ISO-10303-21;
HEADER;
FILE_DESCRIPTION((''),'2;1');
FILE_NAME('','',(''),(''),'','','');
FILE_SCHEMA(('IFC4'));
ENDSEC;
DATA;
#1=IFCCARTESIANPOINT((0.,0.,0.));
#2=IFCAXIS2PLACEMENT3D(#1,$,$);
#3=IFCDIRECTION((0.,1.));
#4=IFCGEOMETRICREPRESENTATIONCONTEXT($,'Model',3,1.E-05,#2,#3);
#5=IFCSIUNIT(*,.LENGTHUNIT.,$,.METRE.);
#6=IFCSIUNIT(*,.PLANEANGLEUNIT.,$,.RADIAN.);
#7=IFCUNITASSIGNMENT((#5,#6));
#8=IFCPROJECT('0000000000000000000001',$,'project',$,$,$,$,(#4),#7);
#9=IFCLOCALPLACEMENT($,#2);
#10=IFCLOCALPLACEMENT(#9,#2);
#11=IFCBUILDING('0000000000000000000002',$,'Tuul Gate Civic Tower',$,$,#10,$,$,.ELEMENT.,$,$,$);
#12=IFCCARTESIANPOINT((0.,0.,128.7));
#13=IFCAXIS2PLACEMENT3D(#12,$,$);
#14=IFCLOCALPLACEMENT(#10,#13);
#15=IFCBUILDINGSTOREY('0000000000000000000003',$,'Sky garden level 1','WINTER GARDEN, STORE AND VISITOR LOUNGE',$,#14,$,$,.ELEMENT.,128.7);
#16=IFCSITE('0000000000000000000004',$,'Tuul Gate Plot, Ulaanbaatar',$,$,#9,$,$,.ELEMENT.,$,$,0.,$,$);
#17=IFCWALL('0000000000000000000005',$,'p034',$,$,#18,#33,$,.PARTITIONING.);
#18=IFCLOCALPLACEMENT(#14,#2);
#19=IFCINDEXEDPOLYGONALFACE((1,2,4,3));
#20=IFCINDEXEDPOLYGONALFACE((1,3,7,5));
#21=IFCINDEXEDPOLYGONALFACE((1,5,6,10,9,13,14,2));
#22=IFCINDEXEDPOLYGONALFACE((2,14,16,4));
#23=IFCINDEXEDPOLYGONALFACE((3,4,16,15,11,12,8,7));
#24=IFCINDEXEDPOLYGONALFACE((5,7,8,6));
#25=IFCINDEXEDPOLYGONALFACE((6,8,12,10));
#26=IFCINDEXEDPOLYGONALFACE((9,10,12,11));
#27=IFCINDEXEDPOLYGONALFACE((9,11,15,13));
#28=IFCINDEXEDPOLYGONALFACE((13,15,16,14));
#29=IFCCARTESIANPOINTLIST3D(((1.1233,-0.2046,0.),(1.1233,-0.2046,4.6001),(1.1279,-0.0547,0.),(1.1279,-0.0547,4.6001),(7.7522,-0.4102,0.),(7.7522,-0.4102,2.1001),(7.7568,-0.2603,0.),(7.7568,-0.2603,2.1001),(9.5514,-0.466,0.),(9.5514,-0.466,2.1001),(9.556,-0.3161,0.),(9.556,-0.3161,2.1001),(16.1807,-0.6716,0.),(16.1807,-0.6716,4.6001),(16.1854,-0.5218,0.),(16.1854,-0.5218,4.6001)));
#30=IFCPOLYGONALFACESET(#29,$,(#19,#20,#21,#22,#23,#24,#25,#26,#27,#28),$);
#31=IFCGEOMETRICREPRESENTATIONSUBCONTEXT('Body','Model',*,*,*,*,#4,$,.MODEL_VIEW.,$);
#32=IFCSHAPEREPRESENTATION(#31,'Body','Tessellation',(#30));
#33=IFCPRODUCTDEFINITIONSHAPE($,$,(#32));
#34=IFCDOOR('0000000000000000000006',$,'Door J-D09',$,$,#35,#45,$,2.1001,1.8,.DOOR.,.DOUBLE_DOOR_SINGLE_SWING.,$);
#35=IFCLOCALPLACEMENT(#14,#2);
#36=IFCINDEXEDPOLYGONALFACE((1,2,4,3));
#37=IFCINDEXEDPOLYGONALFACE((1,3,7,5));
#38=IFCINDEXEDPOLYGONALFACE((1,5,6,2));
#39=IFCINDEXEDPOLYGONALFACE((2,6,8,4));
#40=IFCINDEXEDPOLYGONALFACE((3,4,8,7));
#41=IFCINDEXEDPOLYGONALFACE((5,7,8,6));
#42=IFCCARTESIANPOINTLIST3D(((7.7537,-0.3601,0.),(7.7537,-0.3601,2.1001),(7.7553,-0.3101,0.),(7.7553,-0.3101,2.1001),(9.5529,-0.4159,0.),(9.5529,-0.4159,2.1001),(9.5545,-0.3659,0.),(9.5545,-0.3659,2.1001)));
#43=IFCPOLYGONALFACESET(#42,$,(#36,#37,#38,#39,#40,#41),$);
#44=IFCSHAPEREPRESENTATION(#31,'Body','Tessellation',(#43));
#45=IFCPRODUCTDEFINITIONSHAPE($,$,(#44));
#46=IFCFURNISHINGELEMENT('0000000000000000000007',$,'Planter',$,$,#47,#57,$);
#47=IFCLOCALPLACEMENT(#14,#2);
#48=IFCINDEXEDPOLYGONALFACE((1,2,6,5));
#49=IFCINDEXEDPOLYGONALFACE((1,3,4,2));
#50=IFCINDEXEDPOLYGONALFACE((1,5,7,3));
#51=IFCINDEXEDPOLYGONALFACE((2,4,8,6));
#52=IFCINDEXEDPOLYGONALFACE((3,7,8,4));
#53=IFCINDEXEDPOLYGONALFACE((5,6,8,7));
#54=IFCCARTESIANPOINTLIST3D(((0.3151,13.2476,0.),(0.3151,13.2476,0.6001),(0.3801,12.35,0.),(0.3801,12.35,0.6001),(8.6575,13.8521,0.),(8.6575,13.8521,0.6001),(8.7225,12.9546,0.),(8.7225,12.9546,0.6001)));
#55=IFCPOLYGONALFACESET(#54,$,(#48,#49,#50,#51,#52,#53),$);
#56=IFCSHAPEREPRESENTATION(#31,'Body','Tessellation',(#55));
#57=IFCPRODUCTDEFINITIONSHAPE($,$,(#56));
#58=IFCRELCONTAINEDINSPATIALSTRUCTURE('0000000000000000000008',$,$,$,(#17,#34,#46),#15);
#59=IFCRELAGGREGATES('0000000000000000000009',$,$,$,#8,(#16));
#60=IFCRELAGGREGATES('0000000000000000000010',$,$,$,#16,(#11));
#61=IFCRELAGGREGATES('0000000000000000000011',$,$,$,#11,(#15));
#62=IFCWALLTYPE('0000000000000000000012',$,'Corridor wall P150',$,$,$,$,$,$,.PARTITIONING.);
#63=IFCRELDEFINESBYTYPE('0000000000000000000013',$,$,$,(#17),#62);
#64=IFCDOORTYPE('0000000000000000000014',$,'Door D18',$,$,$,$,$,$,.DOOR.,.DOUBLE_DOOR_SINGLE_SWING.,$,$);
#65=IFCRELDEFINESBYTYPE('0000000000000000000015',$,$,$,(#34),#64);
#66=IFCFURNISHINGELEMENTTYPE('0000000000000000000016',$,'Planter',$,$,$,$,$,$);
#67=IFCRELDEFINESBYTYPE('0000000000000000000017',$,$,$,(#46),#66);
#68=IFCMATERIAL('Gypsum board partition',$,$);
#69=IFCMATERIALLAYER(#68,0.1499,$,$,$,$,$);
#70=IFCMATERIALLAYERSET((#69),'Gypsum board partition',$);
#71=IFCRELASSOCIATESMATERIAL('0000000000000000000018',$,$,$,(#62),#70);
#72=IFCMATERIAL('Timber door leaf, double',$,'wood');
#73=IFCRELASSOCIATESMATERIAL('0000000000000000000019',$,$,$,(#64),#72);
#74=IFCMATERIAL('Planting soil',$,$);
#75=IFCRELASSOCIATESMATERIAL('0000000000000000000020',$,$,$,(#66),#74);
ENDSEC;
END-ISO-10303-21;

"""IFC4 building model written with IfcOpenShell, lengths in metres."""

from ifc_helpers import new_model, si_unit, direction, frame, frame_2d, origin, origin_2d, place, context, subcontext, project, spatial, rectangle, extrude, material, layer, layer_set, type_object, element, fill, save


model = new_model("IFC4")

# Units and contexts
model_context = context("Model", 3, precision=1e-05, world=origin(), true_north=direction((0.0, 1.0)))
body_context = subcontext(model_context, "Body", "Model", "MODEL_VIEW")
ifc_project = project(units=[si_unit("LENGTHUNIT", "METRE"), si_unit("PLANEANGLEUNIT", "RADIAN")], contexts=[model_context])

# Site, building, storey
site_placement = place(None, origin())
site = spatial("IfcSite", under=ifc_project, at=site_placement, Name="Tuul Gate Plot, Ulaanbaatar", CompositionType="ELEMENT", RefElevation=0.0)
building_placement = place(site_placement, origin())
building = spatial("IfcBuilding", under=site, at=building_placement, Name="Tuul Gate Civic Tower", CompositionType="ELEMENT")
storey_placement = place(building_placement, frame((0.0, 0.0, 128.7)))
storey = spatial("IfcBuildingStorey", under=building, at=storey_placement, Name="Sky garden level 1", Description="WINTER GARDEN, STORE AND VISITOR LOUNGE", CompositionType="ELEMENT", Elevation=128.7)

# Shared definitions
ifc_material_1 = material(Name="Gypsum board partition")
ifc_layer_1 = layer(ifc_material_1, 0.1499)
ifc_layer_set_1 = layer_set([ifc_layer_1], Name="Gypsum board partition")
wall_type = type_object("IfcWallType", Name="Corridor wall P150", PredefinedType="PARTITIONING", material=ifc_layer_set_1)

# Wall, opening, door
wall_1_placement = place(storey_placement, frame((1.1257, -0.1296, 0.0), z_axis=(0.0, 0.0, 1.0), x_axis=(0.999519, -0.031003, 0.0)))
wall_1 = element("IfcWall", 1, at=wall_1_placement, inside=storey, type_object=wall_type, Name="p034", PredefinedType="PARTITIONING", context=body_context, shape_type="SweptSolid", body=[
    extrude(rectangle(XDim=15.0647, YDim=0.1499, at=frame_2d((7.5322, 0.0))), origin(), (0.0, 0.0, 1.0), 4.6001),
])
opening_placement = place(wall_1_placement, frame((6.6321, 0.0, 0.0)))
opening = element("IfcOpeningElement", 2, at=opening_placement, cuts=wall_1, PredefinedType="OPENING", context=body_context, shape_type="SweptSolid", body=[
    extrude(rectangle(XDim=1.8, YDim=2.1001, at=frame_2d((0.8999, 1.05))), frame((0.0, 0.085, 0.0), z_axis=(0.0, -1.0, 0.0), x_axis=(1.0, 0.0, 0.0)), (0.0, 0.0, 1.0), 0.1699),
])
ifc_material_2 = material(Name="Timber door leaf, double", Category="wood")
door_type = type_object("IfcDoorType", Name="Door D18", OperationType="DOUBLE_DOOR_SINGLE_SWING", PredefinedType="DOOR", material=ifc_material_2)
door_placement = place(opening_placement, frame((1.8, 0.0, 0.0), z_axis=(0.0, 0.0, 1.0), x_axis=(-1.0, 0.0, 0.0)))
door = element("IfcDoor", 3, at=door_placement, inside=storey, type_object=door_type, Name="Door J-D09", OperationType="DOUBLE_DOOR_SINGLE_SWING", OverallHeight=2.1001, OverallWidth=1.8, PredefinedType="DOOR", context=body_context, shape_type="SweptSolid", body=[
    extrude(rectangle(XDim=1.8, YDim=2.1001, at=frame_2d((0.9001, 1.05))), frame((0.0, 0.0249, 0.0), z_axis=(0.0, -1.0, 0.0), x_axis=(1.0, 0.0, 0.0)), (0.0, 0.0, 1.0), 0.05),
])
fill(opening, door)

# Furnishing element
ifc_material_3 = material(Name="Planting soil")
furnishing_element_type = type_object("IfcFurnishingElementType", Name="Planter", material=ifc_material_3)
furnishing_placement = place(storey_placement, frame((4.5188, 13.1011, 0.0), z_axis=(0.0, 0.0, 1.0), x_axis=(-0.997385, -0.072277, 0.0)))
element("IfcFurnishingElement", 4, at=furnishing_placement, inside=storey, type_object=furnishing_element_type, Name="Planter", context=body_context, shape_type="SweptSolid", body=[
    extrude(rectangle(XDim=8.3643, YDim=0.8999, at=origin_2d()), origin(), (0.0, 0.0, 1.0), 0.6001),
])

save(model, "model.ifc")
